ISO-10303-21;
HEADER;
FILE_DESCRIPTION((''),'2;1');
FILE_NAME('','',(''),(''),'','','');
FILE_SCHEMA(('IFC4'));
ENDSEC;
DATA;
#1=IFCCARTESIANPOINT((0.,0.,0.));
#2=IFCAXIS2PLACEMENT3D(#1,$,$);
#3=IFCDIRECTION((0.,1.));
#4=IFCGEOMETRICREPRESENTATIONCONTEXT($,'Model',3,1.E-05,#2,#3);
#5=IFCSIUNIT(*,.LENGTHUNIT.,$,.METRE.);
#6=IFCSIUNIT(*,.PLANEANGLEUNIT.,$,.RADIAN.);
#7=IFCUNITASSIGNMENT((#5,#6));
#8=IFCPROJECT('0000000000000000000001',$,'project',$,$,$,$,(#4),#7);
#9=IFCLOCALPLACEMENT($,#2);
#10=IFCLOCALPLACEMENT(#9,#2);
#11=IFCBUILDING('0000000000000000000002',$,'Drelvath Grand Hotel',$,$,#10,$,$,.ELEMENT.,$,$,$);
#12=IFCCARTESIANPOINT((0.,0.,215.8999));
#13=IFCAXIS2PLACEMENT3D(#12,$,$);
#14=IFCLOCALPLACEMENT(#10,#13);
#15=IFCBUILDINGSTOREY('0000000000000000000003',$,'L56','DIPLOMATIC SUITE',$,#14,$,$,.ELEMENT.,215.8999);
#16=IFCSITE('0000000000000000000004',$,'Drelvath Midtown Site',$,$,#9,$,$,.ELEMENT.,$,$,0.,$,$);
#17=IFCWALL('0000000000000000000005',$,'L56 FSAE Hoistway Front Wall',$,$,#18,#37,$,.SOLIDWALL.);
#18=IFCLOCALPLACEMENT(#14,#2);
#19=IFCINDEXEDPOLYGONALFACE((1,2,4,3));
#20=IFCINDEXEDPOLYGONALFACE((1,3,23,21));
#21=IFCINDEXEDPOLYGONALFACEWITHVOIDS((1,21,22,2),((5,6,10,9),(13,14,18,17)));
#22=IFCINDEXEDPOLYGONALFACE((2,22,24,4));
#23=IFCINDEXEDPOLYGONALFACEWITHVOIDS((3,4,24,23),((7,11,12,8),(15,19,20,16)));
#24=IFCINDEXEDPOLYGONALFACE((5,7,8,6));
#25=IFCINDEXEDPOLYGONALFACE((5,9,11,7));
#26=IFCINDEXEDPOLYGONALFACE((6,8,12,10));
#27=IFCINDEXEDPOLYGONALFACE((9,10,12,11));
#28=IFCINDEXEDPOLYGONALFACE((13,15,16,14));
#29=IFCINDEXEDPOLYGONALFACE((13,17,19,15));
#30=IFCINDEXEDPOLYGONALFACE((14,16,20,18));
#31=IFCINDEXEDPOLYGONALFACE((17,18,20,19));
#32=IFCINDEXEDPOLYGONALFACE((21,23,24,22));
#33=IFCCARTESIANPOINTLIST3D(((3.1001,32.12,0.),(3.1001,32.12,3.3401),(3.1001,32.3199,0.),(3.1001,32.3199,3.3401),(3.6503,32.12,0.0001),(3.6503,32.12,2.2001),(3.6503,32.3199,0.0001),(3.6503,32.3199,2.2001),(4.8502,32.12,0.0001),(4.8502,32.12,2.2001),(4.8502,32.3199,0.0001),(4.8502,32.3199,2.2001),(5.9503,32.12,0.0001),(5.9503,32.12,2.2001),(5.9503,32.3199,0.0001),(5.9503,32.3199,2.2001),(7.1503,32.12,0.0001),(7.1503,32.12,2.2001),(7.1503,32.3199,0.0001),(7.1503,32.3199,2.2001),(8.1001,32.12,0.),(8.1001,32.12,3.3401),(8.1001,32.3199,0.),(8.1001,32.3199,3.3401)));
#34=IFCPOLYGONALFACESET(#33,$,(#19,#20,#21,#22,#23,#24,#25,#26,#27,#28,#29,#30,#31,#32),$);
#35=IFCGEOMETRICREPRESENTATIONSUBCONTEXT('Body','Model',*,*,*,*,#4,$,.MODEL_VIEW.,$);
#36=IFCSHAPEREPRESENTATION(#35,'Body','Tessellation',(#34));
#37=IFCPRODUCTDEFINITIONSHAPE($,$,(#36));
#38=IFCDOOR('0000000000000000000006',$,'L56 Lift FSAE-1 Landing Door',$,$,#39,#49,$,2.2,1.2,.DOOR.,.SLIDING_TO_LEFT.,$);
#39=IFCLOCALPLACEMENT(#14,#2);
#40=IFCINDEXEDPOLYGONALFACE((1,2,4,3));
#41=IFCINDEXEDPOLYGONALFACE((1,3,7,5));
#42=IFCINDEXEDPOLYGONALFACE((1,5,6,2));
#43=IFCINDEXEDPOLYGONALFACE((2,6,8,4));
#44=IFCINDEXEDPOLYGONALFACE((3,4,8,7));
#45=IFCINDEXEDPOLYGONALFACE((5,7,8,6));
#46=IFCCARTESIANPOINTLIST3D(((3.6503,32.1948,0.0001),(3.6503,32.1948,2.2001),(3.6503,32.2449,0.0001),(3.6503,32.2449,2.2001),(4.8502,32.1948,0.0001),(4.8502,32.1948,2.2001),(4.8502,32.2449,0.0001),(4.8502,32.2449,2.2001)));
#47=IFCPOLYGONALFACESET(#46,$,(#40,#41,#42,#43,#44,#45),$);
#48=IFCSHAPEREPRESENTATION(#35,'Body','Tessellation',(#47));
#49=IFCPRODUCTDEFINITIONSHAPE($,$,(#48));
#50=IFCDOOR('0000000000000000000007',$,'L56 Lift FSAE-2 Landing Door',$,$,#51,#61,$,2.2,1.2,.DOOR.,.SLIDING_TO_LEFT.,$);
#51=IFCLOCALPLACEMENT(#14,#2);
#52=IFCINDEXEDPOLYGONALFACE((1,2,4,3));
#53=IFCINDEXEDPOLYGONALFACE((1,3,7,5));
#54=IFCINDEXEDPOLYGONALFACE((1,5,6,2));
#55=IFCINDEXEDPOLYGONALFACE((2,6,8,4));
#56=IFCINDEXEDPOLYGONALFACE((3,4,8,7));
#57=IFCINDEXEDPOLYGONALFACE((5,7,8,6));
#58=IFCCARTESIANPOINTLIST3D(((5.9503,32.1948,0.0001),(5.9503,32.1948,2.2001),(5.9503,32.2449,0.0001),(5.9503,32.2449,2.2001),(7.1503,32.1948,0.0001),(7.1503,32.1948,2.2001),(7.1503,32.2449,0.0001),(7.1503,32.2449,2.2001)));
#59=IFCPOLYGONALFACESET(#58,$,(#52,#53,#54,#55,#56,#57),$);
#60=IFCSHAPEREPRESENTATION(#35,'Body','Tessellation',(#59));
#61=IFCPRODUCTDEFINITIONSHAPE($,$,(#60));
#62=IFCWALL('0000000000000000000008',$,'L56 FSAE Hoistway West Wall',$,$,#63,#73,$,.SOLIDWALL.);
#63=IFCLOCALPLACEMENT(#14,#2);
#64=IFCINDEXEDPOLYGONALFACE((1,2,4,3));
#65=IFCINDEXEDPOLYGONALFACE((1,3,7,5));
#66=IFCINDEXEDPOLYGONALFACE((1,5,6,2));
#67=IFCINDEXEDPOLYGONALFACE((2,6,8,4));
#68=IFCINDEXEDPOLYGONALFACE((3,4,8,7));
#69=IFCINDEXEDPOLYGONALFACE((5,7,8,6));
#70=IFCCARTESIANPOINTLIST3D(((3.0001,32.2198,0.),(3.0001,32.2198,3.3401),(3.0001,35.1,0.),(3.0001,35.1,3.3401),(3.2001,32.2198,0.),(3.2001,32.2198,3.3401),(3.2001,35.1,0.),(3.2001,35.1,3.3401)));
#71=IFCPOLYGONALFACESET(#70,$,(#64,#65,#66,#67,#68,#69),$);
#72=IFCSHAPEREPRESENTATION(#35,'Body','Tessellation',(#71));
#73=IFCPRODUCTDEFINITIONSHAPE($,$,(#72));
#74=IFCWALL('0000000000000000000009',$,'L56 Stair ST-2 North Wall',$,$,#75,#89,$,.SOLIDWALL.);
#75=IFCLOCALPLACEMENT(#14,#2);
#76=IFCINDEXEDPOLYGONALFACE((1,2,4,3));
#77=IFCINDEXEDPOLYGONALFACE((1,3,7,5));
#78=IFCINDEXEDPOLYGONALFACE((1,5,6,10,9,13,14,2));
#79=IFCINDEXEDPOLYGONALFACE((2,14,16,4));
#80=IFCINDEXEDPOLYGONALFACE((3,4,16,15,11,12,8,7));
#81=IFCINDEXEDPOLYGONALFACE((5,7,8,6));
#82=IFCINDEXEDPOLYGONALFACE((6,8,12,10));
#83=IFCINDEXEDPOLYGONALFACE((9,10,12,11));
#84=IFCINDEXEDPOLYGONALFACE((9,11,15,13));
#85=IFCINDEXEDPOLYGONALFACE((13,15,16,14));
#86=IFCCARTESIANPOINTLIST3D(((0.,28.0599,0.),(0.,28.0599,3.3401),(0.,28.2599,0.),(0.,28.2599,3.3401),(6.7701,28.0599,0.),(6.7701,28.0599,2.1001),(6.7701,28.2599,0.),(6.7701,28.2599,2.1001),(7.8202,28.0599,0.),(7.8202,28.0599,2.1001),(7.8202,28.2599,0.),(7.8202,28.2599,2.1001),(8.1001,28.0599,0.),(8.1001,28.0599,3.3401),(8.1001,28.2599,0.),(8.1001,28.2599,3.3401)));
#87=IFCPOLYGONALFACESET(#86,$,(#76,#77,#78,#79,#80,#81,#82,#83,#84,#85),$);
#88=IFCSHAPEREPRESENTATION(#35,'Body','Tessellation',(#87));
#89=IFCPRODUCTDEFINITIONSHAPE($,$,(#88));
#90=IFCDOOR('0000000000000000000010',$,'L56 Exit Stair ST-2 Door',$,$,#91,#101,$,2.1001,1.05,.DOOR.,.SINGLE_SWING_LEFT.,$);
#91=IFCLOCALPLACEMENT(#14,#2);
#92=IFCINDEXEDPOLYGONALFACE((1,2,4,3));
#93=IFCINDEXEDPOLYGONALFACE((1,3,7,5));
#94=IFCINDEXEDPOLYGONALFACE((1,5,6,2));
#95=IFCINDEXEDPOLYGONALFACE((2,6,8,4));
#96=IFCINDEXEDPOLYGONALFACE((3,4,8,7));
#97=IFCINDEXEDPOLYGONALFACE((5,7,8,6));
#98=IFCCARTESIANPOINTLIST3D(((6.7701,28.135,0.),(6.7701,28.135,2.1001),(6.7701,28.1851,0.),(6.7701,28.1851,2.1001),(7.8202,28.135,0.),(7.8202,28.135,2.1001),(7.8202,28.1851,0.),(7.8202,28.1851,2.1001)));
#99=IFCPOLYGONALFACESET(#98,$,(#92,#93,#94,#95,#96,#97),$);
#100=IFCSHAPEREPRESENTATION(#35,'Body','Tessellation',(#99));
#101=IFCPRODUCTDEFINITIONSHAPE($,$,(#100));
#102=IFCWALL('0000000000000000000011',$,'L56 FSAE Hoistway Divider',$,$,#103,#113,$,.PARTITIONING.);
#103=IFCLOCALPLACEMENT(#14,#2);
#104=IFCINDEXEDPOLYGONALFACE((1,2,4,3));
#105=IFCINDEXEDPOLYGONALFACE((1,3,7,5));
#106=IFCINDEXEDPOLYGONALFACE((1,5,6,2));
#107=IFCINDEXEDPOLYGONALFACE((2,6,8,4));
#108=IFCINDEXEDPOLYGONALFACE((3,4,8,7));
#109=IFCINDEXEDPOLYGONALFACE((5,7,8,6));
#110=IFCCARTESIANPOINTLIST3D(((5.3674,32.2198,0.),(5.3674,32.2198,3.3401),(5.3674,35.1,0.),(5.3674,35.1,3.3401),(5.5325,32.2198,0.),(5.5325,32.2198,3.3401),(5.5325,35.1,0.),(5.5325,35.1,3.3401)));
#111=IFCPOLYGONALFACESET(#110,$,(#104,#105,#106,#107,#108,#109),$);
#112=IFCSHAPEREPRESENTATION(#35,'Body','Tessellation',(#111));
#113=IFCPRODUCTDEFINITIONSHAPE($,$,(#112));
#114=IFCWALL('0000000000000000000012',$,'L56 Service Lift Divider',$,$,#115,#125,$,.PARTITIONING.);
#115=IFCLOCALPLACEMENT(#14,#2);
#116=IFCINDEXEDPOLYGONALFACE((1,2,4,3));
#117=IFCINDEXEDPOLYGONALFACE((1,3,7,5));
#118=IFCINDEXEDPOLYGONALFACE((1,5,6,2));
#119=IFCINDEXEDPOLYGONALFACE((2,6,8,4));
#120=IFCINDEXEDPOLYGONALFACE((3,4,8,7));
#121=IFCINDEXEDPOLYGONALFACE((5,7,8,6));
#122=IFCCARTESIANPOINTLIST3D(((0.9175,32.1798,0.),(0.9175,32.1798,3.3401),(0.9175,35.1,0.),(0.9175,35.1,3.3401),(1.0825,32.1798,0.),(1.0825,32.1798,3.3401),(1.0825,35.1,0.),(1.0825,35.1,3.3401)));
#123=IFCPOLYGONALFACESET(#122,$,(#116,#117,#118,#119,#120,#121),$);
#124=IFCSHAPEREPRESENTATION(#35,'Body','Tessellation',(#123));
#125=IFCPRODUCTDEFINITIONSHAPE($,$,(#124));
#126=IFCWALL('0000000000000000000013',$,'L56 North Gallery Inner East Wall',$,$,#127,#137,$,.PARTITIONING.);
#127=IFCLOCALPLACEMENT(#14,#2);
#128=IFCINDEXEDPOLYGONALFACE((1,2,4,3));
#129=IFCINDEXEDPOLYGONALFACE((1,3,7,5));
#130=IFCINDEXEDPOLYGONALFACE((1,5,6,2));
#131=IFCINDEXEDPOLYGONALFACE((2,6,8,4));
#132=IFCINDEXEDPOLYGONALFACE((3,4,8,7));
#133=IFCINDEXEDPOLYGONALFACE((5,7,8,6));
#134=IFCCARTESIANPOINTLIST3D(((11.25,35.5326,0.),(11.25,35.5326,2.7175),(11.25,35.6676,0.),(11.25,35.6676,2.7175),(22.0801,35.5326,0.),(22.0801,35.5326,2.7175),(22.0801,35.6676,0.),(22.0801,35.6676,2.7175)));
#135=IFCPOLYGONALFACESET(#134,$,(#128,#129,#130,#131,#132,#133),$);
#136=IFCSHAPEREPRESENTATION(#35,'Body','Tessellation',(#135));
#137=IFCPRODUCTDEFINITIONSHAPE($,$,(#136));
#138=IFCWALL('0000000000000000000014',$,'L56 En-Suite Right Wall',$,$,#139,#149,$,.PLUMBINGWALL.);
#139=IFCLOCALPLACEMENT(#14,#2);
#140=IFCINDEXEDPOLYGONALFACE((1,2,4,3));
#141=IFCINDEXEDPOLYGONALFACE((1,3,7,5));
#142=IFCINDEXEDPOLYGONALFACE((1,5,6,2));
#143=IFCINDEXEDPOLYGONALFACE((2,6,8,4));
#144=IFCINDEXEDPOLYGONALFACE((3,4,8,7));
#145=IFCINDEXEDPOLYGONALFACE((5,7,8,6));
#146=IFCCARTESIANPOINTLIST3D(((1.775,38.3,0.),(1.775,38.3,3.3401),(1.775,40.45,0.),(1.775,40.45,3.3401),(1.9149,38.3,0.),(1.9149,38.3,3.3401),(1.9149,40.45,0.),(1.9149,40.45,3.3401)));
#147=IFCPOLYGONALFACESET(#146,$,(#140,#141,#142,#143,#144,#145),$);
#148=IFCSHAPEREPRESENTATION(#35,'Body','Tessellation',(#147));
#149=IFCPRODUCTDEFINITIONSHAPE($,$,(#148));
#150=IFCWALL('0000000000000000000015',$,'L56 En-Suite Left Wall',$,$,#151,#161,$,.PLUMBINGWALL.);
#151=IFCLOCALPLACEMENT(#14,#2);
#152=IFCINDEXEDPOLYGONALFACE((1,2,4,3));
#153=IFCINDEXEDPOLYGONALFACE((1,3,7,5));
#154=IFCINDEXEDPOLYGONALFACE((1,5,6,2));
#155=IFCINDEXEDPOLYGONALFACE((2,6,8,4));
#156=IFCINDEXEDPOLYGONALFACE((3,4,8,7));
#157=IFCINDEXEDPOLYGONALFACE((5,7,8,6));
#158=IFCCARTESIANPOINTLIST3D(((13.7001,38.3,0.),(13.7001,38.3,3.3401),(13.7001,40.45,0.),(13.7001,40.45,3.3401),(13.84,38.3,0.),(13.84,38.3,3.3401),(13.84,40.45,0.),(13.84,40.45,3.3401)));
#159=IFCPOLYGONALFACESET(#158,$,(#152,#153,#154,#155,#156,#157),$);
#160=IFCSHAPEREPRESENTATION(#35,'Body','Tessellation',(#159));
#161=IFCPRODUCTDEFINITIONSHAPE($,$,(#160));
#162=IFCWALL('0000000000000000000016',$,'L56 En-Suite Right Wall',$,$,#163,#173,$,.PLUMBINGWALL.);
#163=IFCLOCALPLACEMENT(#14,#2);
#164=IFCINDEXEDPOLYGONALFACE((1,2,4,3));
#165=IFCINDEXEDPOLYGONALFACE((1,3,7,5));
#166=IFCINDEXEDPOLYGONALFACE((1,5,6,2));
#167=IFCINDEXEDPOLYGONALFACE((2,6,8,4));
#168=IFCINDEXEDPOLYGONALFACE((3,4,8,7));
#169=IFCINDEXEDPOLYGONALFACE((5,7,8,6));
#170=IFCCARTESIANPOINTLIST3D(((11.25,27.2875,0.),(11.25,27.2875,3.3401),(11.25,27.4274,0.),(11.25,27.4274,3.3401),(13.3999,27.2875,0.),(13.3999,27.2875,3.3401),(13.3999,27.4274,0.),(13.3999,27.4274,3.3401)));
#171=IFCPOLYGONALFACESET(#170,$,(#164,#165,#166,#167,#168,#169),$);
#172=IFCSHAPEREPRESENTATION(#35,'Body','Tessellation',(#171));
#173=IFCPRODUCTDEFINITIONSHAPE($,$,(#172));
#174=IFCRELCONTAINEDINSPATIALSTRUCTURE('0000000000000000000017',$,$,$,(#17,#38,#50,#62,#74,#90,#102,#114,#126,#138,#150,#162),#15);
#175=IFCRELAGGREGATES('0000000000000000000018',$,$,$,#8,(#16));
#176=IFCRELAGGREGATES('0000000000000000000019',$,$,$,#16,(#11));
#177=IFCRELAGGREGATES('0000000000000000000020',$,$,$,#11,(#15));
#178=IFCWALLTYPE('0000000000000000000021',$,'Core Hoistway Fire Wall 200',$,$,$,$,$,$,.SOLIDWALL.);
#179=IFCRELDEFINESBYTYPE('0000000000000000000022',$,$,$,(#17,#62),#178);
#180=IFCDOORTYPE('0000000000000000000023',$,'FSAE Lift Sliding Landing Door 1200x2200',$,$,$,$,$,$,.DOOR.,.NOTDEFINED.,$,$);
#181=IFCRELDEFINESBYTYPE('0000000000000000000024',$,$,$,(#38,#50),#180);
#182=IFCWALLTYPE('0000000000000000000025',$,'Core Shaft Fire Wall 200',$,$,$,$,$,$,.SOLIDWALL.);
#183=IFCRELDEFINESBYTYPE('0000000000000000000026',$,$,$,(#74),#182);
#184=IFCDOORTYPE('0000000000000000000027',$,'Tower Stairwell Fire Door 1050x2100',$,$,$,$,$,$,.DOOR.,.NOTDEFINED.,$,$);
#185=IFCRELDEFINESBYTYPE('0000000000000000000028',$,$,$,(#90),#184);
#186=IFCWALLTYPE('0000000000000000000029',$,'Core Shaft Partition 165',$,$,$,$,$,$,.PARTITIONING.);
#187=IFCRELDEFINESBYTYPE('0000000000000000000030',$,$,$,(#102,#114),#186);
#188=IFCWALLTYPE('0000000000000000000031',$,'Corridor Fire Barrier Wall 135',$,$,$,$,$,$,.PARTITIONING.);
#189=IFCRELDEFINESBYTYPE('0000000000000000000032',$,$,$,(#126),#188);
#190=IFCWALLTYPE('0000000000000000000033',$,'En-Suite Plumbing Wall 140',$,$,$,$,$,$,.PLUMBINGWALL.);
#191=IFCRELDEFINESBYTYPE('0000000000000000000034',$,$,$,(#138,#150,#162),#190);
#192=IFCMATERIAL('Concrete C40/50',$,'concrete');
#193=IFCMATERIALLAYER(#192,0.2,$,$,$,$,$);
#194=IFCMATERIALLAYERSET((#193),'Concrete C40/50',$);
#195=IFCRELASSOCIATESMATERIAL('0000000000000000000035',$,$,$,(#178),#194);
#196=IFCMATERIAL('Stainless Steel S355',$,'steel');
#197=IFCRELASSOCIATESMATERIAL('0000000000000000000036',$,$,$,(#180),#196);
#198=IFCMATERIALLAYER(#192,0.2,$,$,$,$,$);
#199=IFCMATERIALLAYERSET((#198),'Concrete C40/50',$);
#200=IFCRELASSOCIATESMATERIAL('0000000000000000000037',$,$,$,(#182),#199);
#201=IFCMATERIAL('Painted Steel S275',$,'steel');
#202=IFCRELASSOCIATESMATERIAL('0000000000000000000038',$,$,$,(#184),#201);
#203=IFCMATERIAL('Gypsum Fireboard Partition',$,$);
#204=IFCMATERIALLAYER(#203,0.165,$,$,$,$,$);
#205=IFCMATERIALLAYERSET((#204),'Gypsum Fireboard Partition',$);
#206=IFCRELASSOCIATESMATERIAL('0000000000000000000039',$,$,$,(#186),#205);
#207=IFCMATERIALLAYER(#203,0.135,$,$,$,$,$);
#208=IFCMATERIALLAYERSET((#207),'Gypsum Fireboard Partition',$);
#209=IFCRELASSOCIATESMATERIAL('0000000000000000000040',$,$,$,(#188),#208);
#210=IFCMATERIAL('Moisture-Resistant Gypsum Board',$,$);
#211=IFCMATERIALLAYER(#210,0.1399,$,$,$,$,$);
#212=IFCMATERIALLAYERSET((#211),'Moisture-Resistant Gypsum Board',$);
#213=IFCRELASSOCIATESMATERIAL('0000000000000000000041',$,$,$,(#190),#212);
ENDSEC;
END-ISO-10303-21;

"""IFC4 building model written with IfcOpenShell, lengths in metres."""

from ifc_helpers import new_model, si_unit, direction, frame, frame_2d, origin, place, context, subcontext, project, spatial, rectangle, extrude, material, layer, layer_set, type_object, element, fill, save


model = new_model("IFC4")

# Units and contexts
model_context = context("Model", 3, precision=1e-05, world=origin(), true_north=direction((0.0, 1.0)))
body_context = subcontext(model_context, "Body", "Model", "MODEL_VIEW")
ifc_project = project(units=[si_unit("LENGTHUNIT", "METRE"), si_unit("PLANEANGLEUNIT", "RADIAN")], contexts=[model_context])

# Site, building, storey
site_placement = place(None, origin())
site = spatial("IfcSite", under=ifc_project, at=site_placement, Name="Drelvath Midtown Site", CompositionType="ELEMENT", RefElevation=0.0)
building_placement = place(site_placement, origin())
building = spatial("IfcBuilding", under=site, at=building_placement, Name="Drelvath Grand Hotel", CompositionType="ELEMENT")
storey_placement = place(building_placement, frame((0.0, 0.0, 215.8999)))
storey = spatial("IfcBuildingStorey", under=building, at=storey_placement, Name="L56", Description="DIPLOMATIC SUITE", CompositionType="ELEMENT", Elevation=215.8999)

# Wall, openings, doors
ifc_material_1 = material(Name="Concrete C40/50", Category="concrete")
ifc_layer_1 = layer(ifc_material_1, 0.2)
ifc_layer_set_1 = layer_set([ifc_layer_1], Name="Concrete C40/50")
wall_type_1 = type_object("IfcWallType", Name="Core Hoistway Fire Wall 200", PredefinedType="SOLIDWALL", material=ifc_layer_set_1)
wall_1_placement = place(storey_placement, frame((3.1001, 32.22, 0.0), z_axis=(0.0, 0.0, 1.0), x_axis=(1.0, 0.0, 0.0)))
wall_1 = element("IfcWall", 1, at=wall_1_placement, inside=storey, type_object=wall_type_1, Name="L56 FSAE Hoistway Front Wall", PredefinedType="SOLIDWALL", context=body_context, shape_type="SweptSolid", body=[
    extrude(rectangle(XDim=5.0, YDim=0.2, at=frame_2d((2.5, 0.0))), origin(), (0.0, 0.0, 1.0), 3.3401),
])
opening_1_placement = place(wall_1_placement, frame((0.55, 0.0, 0.0)))
opening_1 = element("IfcOpeningElement", 2, at=opening_1_placement, cuts=wall_1, PredefinedType="OPENING", context=body_context, shape_type="SweptSolid", body=[
    extrude(rectangle(XDim=1.2, YDim=2.2, at=frame_2d((0.6001, 1.1001))), frame((0.0, 0.1099, 0.0), z_axis=(0.0, -1.0, 0.0), x_axis=(1.0, 0.0, 0.0)), (0.0, 0.0, 1.0), 0.22),
])
opening_2_placement = place(wall_1_placement, frame((2.8501, 0.0, 0.0)))
opening_2 = element("IfcOpeningElement", 3, at=opening_2_placement, cuts=wall_1, PredefinedType="OPENING", context=body_context, shape_type="SweptSolid", body=[
    extrude(rectangle(XDim=1.2, YDim=2.2, at=frame_2d((0.6001, 1.1001))), frame((0.0, 0.1099, 0.0), z_axis=(0.0, -1.0, 0.0), x_axis=(1.0, 0.0, 0.0)), (0.0, 0.0, 1.0), 0.22),
])
ifc_material_2 = material(Name="Stainless Steel S355", Category="steel")
door_type_1 = type_object("IfcDoorType", Name="FSAE Lift Sliding Landing Door 1200x2200", OperationType="NOTDEFINED", PredefinedType="DOOR", material=ifc_material_2)
door_1_placement = place(opening_1_placement, origin())
door_1 = element("IfcDoor", 4, at=door_1_placement, inside=storey, type_object=door_type_1, Name="L56 Lift FSAE-1 Landing Door", OperationType="SLIDING_TO_LEFT", OverallHeight=2.2, OverallWidth=1.2, PredefinedType="DOOR", context=body_context, shape_type="SweptSolid", body=[
    extrude(rectangle(XDim=1.2, YDim=2.2, at=frame_2d((0.6001, 1.1001))), frame((0.0, 0.0249, 0.0), z_axis=(0.0, -1.0, 0.0), x_axis=(1.0, 0.0, 0.0)), (0.0, 0.0, 1.0), 0.05),
])
fill(opening_1, door_1)
door_2_placement = place(opening_2_placement, origin())
door_2 = element("IfcDoor", 5, at=door_2_placement, inside=storey, type_object=door_type_1, Name="L56 Lift FSAE-2 Landing Door", OperationType="SLIDING_TO_LEFT", OverallHeight=2.2, OverallWidth=1.2, PredefinedType="DOOR", context=body_context, shape_type="SweptSolid", body=[
    extrude(rectangle(XDim=1.2, YDim=2.2, at=frame_2d((0.6001, 1.1001))), frame((0.0, 0.0249, 0.0), z_axis=(0.0, -1.0, 0.0), x_axis=(1.0, 0.0, 0.0)), (0.0, 0.0, 1.0), 0.05),
])
fill(opening_2, door_2)

# Wall
wall_2_placement = place(storey_placement, frame((3.1001, 32.22, 0.0), z_axis=(0.0, 0.0, 1.0), x_axis=(0.0, 1.0, 0.0)))
element("IfcWall", 6, at=wall_2_placement, inside=storey, type_object=wall_type_1, Name="L56 FSAE Hoistway West Wall", PredefinedType="SOLIDWALL", context=body_context, shape_type="SweptSolid", body=[
    extrude(rectangle(XDim=2.8801, YDim=0.2, at=frame_2d((1.4399, 0.0))), origin(), (0.0, 0.0, 1.0), 3.3401),
])

# Wall, opening, door
ifc_layer_2 = layer(ifc_material_1, 0.2)
ifc_layer_set_2 = layer_set([ifc_layer_2], Name="Concrete C40/50")
wall_type_2 = type_object("IfcWallType", Name="Core Shaft Fire Wall 200", PredefinedType="SOLIDWALL", material=ifc_layer_set_2)
wall_3_placement = place(storey_placement, frame((8.1001, 28.1599, 0.0), z_axis=(0.0, 0.0, 1.0), x_axis=(-1.0, 0.0, 0.0)))
wall_3 = element("IfcWall", 7, at=wall_3_placement, inside=storey, type_object=wall_type_2, Name="L56 Stair ST-2 North Wall", PredefinedType="SOLIDWALL", context=body_context, shape_type="SweptSolid", body=[
    extrude(rectangle(XDim=8.1001, YDim=0.2, at=frame_2d((4.05, 0.0))), origin(), (0.0, 0.0, 1.0), 3.3401),
])
opening_3_placement = place(wall_3_placement, frame((0.28, 0.0, 0.0)))
opening_3 = element("IfcOpeningElement", 8, at=opening_3_placement, cuts=wall_3, PredefinedType="OPENING", context=body_context, shape_type="SweptSolid", body=[
    extrude(rectangle(XDim=1.05, YDim=2.1001, at=frame_2d((0.5249, 1.05))), frame((0.0, 0.1099, 0.0), z_axis=(0.0, -1.0, 0.0), x_axis=(1.0, 0.0, 0.0)), (0.0, 0.0, 1.0), 0.22),
])
ifc_material_3 = material(Name="Painted Steel S275", Category="steel")
door_type_2 = type_object("IfcDoorType", Name="Tower Stairwell Fire Door 1050x2100", OperationType="NOTDEFINED", PredefinedType="DOOR", material=ifc_material_3)
door_3_placement = place(opening_3_placement, origin())
door_3 = element("IfcDoor", 9, at=door_3_placement, inside=storey, type_object=door_type_2, Name="L56 Exit Stair ST-2 Door", OperationType="SINGLE_SWING_LEFT", OverallHeight=2.1001, OverallWidth=1.05, PredefinedType="DOOR", context=body_context, shape_type="SweptSolid", body=[
    extrude(rectangle(XDim=1.05, YDim=2.1001, at=frame_2d((0.5249, 1.05))), frame((0.0, 0.0249, 0.0), z_axis=(0.0, -1.0, 0.0), x_axis=(1.0, 0.0, 0.0)), (0.0, 0.0, 1.0), 0.05),
])
fill(opening_3, door_3)

# Walls
ifc_material_4 = material(Name="Gypsum Fireboard Partition")
ifc_layer_3 = layer(ifc_material_4, 0.165)
ifc_layer_set_3 = layer_set([ifc_layer_3], Name="Gypsum Fireboard Partition")
wall_type_3 = type_object("IfcWallType", Name="Core Shaft Partition 165", PredefinedType="PARTITIONING", material=ifc_layer_set_3)
wall_4_placement = place(storey_placement, frame((5.45, 32.22, 0.0), z_axis=(0.0, 0.0, 1.0), x_axis=(0.0, 1.0, 0.0)))
element("IfcWall", 10, at=wall_4_placement, inside=storey, type_object=wall_type_3, Name="L56 FSAE Hoistway Divider", PredefinedType="PARTITIONING", context=body_context, shape_type="SweptSolid", body=[
    extrude(rectangle(XDim=2.8801, YDim=0.165, at=frame_2d((1.4399, 0.0))), origin(), (0.0, 0.0, 1.0), 3.3401),
])
wall_5_placement = place(storey_placement, frame((1.0, 32.1799, 0.0), z_axis=(0.0, 0.0, 1.0), x_axis=(0.0, 1.0, 0.0)))
element("IfcWall", 11, at=wall_5_placement, inside=storey, type_object=wall_type_3, Name="L56 Service Lift Divider", PredefinedType="PARTITIONING", context=body_context, shape_type="SweptSolid", body=[
    extrude(rectangle(XDim=2.9202, YDim=0.165, at=frame_2d((1.46, 0.0))), origin(), (0.0, 0.0, 1.0), 3.3401),
])
ifc_layer_4 = layer(ifc_material_4, 0.135)
ifc_layer_set_4 = layer_set([ifc_layer_4], Name="Gypsum Fireboard Partition")
wall_type_4 = type_object("IfcWallType", Name="Corridor Fire Barrier Wall 135", PredefinedType="PARTITIONING", material=ifc_layer_set_4)
wall_6_placement = place(storey_placement, frame((11.25, 35.6001, 0.0), z_axis=(0.0, 0.0, 1.0), x_axis=(1.0, 0.0, 0.0)))
element("IfcWall", 12, at=wall_6_placement, inside=storey, type_object=wall_type_4, Name="L56 North Gallery Inner East Wall", PredefinedType="PARTITIONING", context=body_context, shape_type="SweptSolid", body=[
    extrude(rectangle(XDim=10.8301, YDim=0.135, at=frame_2d((5.415, 0.0))), origin(), (0.0, 0.0, 1.0), 2.7175),
])
ifc_material_5 = material(Name="Moisture-Resistant Gypsum Board")
ifc_layer_5 = layer(ifc_material_5, 0.1399)
ifc_layer_set_5 = layer_set([ifc_layer_5], Name="Moisture-Resistant Gypsum Board")
wall_type_5 = type_object("IfcWallType", Name="En-Suite Plumbing Wall 140", PredefinedType="PLUMBINGWALL", material=ifc_layer_set_5)
for number, where, z_axis, x_axis, name in (
    (13, (1.845, 38.3, 0.0), (0.0, 0.0, 1.0), (0.0, 1.0, 0.0), "L56 En-Suite Right Wall"),
    (14, (13.77, 38.3, 0.0), (0.0, 0.0, 1.0), (0.0, 1.0, 0.0), "L56 En-Suite Left Wall"),
    (15, (11.25, 27.3574, 0.0), (0.0, 0.0, 1.0), (1.0, 0.0, 0.0), "L56 En-Suite Right Wall"),
):
    element("IfcWall", number, at=place(storey_placement, frame(where, z_axis=z_axis, x_axis=x_axis)), inside=storey, type_object=wall_type_5, Name=name, PredefinedType="PLUMBINGWALL", context=body_context, shape_type="SweptSolid", body=[
        extrude(rectangle(XDim=2.1499, YDim=0.1399, at=frame_2d((1.075, 0.0))), origin(), (0.0, 0.0, 1.0), 3.3401),
    ])

save(model, "model.ifc")
